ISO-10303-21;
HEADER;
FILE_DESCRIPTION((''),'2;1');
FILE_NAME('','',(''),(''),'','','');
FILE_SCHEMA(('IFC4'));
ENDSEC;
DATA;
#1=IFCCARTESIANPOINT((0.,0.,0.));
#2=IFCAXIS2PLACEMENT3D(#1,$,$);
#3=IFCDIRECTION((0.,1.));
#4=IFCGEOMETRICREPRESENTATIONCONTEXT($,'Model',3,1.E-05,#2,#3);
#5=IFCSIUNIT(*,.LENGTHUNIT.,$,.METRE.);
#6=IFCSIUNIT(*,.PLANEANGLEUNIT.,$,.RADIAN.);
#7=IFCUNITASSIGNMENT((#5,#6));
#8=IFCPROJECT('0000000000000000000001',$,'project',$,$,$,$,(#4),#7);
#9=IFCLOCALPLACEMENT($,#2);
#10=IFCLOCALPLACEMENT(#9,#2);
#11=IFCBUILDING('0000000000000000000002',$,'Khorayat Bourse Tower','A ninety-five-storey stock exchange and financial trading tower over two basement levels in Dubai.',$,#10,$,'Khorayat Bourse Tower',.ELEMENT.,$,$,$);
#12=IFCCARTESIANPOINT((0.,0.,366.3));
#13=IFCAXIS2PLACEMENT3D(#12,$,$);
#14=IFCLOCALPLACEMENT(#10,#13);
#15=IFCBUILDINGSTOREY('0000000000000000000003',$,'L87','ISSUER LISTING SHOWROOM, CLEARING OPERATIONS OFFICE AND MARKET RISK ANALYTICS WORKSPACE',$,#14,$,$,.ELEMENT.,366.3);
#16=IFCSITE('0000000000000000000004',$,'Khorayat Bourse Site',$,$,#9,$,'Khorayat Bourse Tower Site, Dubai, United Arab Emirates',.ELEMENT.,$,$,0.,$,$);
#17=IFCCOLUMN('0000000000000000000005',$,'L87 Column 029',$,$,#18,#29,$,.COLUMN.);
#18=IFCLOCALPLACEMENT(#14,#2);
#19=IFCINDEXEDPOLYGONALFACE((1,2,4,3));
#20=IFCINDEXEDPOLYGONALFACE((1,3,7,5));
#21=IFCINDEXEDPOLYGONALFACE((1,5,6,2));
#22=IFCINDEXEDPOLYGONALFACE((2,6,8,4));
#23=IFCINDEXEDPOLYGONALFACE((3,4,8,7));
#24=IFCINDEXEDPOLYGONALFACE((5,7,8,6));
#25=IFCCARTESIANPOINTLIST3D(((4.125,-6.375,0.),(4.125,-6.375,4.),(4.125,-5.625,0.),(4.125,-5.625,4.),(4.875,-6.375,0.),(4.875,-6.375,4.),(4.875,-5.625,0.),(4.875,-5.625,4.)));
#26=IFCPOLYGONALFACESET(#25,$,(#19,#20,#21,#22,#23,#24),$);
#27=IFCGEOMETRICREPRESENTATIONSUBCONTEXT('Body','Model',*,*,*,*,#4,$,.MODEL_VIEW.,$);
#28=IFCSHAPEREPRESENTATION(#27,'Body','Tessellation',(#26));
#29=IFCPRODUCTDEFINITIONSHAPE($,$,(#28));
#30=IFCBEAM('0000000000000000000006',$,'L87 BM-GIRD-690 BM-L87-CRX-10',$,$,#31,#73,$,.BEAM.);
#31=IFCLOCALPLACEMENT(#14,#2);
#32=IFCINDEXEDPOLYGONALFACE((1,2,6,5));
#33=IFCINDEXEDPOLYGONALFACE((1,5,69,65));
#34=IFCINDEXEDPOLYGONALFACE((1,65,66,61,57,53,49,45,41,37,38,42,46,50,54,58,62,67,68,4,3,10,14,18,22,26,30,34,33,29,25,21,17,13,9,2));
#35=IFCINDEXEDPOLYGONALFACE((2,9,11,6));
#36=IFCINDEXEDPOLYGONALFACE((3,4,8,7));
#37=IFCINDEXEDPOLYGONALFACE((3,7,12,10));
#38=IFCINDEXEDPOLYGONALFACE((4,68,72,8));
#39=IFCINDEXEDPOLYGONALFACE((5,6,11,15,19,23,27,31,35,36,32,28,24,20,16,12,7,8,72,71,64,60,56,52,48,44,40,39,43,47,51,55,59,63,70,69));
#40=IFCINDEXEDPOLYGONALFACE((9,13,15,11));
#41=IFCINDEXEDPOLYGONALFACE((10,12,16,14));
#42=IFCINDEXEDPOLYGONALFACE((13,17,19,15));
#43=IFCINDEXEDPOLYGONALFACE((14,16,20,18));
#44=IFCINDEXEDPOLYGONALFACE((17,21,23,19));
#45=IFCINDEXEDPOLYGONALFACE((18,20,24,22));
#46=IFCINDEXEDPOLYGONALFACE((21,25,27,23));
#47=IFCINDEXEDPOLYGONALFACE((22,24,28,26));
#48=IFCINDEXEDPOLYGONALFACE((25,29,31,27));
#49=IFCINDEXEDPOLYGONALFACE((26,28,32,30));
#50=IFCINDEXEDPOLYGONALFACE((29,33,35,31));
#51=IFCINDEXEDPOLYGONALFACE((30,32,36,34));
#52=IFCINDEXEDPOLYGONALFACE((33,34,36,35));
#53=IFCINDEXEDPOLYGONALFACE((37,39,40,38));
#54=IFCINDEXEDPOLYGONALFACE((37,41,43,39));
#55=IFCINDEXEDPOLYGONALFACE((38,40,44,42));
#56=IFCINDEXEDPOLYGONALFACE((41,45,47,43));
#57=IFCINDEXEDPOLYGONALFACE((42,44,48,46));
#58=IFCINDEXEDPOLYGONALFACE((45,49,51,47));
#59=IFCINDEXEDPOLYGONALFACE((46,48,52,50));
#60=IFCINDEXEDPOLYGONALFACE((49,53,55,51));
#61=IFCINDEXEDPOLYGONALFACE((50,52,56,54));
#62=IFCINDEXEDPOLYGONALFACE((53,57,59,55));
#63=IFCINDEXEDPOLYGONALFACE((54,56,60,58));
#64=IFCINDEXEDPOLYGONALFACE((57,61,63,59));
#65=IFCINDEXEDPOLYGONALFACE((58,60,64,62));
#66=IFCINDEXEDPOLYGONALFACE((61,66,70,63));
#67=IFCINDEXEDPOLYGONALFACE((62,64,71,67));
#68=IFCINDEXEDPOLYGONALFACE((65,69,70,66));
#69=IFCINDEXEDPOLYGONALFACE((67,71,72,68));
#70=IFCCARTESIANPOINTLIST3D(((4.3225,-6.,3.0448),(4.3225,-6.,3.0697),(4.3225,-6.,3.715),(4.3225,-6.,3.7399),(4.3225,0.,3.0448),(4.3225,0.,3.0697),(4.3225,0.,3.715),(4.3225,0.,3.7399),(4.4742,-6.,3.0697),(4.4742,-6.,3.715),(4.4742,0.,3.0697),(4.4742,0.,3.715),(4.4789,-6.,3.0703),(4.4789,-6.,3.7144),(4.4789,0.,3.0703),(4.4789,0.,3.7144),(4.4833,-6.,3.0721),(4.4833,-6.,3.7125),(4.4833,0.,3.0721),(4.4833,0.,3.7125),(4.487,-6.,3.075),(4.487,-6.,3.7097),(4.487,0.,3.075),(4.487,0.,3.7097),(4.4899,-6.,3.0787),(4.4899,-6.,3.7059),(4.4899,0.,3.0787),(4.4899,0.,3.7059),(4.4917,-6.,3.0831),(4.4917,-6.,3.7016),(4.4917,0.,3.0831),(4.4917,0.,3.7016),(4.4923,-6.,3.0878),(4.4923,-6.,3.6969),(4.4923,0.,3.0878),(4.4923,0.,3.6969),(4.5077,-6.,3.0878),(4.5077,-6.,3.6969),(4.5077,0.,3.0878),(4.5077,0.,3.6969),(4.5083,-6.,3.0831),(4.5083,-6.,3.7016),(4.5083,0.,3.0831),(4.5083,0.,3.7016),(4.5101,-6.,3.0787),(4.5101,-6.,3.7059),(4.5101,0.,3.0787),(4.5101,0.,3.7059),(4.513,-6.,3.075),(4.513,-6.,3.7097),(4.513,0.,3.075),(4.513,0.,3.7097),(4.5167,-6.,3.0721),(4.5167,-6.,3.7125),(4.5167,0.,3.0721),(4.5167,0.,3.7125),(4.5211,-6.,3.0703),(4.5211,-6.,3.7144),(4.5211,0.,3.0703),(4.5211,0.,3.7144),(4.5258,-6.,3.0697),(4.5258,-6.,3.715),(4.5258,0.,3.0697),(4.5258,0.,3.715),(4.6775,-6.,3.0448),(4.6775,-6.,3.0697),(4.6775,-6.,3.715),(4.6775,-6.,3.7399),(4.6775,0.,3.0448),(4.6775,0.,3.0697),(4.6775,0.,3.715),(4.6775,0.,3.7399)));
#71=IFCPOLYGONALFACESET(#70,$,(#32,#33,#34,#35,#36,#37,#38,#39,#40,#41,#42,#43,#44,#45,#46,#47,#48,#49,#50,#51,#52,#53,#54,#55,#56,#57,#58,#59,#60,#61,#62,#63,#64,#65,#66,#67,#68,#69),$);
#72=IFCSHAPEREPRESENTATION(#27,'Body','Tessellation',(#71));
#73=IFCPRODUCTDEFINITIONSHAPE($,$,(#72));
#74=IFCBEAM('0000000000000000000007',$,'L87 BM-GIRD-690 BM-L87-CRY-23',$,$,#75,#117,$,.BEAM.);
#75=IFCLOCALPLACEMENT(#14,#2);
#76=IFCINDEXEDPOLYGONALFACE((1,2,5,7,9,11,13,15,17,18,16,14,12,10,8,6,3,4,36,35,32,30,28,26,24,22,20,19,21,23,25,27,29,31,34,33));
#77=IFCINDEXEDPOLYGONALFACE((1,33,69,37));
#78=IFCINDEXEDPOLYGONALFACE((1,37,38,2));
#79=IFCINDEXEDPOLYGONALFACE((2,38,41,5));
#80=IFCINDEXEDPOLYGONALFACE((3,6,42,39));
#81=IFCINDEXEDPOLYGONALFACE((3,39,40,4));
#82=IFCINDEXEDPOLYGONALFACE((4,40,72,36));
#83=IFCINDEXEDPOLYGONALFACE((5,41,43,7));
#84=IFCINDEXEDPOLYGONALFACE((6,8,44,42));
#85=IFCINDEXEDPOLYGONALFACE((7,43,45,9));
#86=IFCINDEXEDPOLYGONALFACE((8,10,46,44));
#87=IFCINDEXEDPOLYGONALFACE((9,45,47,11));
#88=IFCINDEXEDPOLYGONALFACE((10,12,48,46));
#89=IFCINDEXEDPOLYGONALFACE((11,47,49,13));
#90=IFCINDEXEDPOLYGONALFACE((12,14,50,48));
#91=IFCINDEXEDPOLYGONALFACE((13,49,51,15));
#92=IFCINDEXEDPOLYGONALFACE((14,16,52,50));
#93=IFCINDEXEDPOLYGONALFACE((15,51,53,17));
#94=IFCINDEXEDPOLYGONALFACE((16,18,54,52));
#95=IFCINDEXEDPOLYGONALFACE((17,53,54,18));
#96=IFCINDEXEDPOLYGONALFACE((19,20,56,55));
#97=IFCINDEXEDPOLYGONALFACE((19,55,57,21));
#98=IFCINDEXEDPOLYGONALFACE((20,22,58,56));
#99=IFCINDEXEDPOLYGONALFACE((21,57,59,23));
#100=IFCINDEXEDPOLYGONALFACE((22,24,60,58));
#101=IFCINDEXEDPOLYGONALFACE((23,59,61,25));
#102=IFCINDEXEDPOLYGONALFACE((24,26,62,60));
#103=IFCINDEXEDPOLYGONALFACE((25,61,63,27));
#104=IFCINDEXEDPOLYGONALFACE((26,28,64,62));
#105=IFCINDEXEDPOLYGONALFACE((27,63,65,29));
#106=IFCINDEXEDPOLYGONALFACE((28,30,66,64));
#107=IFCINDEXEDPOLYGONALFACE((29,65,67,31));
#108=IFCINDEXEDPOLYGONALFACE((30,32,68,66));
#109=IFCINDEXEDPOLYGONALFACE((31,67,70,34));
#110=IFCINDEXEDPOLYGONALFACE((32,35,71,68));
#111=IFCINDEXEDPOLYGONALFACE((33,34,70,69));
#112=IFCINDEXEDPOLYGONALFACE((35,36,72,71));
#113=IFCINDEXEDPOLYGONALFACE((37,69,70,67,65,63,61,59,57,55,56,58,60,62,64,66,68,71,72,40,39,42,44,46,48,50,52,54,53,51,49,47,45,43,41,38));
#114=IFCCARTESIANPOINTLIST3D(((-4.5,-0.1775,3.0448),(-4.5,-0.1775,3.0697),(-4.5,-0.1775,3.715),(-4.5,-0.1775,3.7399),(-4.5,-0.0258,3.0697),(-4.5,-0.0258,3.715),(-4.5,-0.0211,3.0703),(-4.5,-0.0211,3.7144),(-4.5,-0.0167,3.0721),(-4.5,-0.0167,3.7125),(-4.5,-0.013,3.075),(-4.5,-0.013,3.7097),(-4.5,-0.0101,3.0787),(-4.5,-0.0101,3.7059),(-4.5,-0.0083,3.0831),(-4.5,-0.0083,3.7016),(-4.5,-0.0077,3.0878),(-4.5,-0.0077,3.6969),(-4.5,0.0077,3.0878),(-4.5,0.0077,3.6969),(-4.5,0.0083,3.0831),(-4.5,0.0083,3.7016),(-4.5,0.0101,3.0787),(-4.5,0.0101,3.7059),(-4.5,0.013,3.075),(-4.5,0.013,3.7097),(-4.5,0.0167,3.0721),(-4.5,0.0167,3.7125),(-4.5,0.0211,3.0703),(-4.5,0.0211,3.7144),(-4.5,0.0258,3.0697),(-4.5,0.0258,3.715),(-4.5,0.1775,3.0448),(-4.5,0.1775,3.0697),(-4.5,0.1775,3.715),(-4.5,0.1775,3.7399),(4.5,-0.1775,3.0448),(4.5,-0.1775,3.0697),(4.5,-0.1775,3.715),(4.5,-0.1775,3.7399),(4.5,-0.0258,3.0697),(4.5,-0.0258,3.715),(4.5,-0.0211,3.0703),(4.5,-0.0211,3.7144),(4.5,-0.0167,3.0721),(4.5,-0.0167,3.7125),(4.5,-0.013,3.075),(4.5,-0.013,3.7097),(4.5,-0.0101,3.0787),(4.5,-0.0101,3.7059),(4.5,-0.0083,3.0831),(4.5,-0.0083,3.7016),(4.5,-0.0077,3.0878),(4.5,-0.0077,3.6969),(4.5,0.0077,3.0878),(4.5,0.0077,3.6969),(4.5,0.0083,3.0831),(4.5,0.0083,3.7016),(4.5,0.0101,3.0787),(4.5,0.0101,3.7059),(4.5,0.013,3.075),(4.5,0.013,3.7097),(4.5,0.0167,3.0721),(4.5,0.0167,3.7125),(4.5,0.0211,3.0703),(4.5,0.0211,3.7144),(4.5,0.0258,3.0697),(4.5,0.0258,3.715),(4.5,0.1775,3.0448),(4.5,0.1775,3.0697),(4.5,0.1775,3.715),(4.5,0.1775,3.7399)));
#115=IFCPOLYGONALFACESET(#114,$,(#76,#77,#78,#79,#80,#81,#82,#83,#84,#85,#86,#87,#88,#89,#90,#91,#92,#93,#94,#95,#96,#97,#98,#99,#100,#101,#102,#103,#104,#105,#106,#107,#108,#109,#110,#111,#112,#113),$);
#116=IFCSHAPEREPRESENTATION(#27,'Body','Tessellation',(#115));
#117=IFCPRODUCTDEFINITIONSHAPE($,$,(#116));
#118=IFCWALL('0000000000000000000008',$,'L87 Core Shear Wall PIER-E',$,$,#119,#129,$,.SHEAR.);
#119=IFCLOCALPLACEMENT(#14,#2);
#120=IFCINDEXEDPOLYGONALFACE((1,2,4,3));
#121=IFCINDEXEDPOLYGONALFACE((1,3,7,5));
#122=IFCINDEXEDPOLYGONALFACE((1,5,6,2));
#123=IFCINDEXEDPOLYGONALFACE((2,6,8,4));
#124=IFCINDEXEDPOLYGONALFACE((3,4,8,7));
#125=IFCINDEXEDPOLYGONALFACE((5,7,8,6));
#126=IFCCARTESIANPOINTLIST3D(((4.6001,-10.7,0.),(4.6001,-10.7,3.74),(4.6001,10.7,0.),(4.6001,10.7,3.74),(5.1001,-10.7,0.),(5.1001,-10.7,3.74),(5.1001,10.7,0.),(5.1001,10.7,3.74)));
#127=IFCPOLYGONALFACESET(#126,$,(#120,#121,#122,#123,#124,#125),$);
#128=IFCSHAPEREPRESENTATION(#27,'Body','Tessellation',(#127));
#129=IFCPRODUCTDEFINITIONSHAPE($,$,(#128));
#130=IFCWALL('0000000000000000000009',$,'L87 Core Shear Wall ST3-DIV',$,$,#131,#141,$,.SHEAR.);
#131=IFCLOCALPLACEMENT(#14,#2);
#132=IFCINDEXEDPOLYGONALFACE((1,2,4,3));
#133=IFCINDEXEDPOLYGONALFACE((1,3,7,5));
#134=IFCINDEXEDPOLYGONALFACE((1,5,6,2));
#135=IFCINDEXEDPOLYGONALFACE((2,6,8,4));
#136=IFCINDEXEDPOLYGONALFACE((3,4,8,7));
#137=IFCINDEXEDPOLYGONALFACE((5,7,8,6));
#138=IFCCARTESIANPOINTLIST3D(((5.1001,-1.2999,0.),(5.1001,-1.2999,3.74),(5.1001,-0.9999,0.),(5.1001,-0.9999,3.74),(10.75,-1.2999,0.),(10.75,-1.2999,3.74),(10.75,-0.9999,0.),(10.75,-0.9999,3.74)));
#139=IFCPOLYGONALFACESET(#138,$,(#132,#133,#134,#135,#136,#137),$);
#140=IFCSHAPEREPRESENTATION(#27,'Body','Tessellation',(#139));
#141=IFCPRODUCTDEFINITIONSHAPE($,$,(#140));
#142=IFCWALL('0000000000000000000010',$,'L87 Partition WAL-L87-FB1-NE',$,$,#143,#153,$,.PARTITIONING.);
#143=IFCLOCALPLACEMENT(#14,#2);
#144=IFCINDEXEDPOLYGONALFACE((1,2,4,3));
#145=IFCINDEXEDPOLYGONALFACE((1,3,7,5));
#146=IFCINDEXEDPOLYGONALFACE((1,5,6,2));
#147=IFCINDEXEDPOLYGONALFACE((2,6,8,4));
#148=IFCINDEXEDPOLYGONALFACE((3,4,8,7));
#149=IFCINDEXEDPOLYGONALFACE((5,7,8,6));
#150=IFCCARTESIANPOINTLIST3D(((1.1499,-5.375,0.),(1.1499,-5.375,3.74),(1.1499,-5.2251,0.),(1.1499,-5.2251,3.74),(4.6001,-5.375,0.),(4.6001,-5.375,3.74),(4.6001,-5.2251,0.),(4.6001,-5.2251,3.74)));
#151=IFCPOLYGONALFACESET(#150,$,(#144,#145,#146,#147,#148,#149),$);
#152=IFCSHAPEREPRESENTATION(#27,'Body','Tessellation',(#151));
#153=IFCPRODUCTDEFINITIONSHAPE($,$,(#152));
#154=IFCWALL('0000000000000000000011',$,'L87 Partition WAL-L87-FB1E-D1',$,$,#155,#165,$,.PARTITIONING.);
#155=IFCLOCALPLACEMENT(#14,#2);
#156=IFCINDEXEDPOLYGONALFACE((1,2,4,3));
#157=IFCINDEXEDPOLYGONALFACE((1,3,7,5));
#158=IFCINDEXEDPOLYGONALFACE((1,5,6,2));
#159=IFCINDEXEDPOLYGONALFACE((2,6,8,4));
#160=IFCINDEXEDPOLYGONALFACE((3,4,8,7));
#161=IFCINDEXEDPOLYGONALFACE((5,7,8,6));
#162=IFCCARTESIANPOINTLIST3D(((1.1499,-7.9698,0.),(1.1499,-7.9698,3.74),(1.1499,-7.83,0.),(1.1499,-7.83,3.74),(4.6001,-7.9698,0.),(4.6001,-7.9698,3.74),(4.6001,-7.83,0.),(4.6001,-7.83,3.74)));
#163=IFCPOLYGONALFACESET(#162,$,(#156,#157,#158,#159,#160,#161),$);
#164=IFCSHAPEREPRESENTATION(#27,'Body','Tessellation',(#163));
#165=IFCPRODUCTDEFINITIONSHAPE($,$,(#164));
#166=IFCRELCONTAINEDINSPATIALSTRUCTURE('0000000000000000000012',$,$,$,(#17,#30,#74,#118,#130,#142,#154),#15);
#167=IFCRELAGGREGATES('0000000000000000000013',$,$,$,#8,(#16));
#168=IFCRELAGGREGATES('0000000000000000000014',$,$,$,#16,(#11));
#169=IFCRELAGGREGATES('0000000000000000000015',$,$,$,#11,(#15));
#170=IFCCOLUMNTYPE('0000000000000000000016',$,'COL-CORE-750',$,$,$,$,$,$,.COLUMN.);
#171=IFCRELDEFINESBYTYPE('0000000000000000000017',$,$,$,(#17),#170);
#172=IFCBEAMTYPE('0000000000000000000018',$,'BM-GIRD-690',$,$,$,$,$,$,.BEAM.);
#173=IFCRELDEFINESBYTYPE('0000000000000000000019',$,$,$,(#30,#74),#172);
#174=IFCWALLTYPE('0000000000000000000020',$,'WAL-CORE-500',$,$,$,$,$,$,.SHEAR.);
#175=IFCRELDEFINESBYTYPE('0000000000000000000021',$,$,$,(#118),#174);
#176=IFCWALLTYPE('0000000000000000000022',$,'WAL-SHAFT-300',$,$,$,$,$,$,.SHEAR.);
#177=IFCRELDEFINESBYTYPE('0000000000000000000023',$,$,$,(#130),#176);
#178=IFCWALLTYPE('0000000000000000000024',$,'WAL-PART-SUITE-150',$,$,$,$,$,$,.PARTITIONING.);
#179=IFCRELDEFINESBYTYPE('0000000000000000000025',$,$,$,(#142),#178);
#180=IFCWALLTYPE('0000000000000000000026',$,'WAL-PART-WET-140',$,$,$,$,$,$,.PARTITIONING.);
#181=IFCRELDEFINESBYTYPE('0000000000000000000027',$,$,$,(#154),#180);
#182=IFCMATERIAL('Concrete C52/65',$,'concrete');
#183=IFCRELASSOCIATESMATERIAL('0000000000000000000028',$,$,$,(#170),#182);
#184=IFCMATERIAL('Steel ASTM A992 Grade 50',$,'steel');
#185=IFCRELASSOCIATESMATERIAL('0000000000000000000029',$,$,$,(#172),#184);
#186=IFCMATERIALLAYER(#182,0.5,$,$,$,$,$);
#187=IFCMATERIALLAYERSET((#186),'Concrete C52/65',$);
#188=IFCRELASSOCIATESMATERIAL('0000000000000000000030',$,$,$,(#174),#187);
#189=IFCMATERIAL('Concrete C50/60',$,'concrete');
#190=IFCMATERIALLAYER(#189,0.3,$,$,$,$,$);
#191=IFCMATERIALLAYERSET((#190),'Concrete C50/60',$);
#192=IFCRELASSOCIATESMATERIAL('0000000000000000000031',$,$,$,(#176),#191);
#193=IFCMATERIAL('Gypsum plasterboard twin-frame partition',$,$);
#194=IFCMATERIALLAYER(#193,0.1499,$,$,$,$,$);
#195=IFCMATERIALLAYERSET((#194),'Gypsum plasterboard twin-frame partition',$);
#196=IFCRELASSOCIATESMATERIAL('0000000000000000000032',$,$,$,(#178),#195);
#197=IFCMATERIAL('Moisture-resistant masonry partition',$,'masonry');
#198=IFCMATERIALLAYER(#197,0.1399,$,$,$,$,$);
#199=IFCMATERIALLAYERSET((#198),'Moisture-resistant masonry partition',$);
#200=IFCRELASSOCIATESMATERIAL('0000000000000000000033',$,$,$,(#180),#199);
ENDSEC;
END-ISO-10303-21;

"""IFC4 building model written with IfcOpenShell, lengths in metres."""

from ifc_helpers import new_model, si_unit, direction, frame, frame_2d, origin, origin_2d, place, context, subcontext, project, spatial, rectangle, i_section, extrude, source, transform, mapped, material, layer, layer_set, material_profile, profile_set, type_object, element, save


model = new_model("IFC4")

# Units and contexts
model_context = context("Model", 3, precision=1e-05, world=origin(), true_north=direction((0.0, 1.0)))
body_context = subcontext(model_context, "Body", "Model", "MODEL_VIEW")
ifc_project = project(units=[si_unit("LENGTHUNIT", "METRE"), si_unit("PLANEANGLEUNIT", "RADIAN")], contexts=[model_context])

# Site, building, storey
site_placement = place(None, origin())
site = spatial("IfcSite", under=ifc_project, at=site_placement, Name="Khorayat Bourse Site", LongName="Khorayat Bourse Tower Site, Dubai, United Arab Emirates", CompositionType="ELEMENT", RefElevation=0.0)
building_placement = place(site_placement, origin())
building = spatial("IfcBuilding", under=site, at=building_placement, Name="Khorayat Bourse Tower", Description="A ninety-five-storey stock exchange and financial trading tower over two basement levels in Dubai.", LongName="Khorayat Bourse Tower", CompositionType="ELEMENT")
storey_placement = place(building_placement, frame((0.0, 0.0, 366.3)))
storey = spatial("IfcBuildingStorey", under=building, at=storey_placement, Name="L87", Description="ISSUER LISTING SHOWROOM, CLEARING OPERATIONS OFFICE AND MARKET RISK ANALYTICS WORKSPACE", CompositionType="ELEMENT", Elevation=366.3)

# Column
ifc_material_1 = material(Name="Concrete C52/65", Category="concrete")
ifc_material_profile_1 = material_profile(ifc_material_1, rectangle(XDim=0.75, YDim=0.75, at=origin_2d()), Name="RC 750x750")
ifc_profile_set_1 = profile_set([ifc_material_profile_1], Name="Concrete C52/65")
column_type = type_object("IfcColumnType", Name="COL-CORE-750", PredefinedType="COLUMN", material=ifc_profile_set_1)
shared_shape_1 = source(origin(), body_context, "Body", "SweptSolid", [
    extrude(rectangle(XDim=0.75, YDim=0.75, at=origin_2d()), origin(), (0.0, 0.0, 1.0), 4.0),
])
column_placement = place(storey_placement, frame((4.5, -6.0, 0.0), z_axis=(0.0, 0.0, 1.0), x_axis=(1.0, 0.0, 0.0)))
element("IfcColumn", 1, at=column_placement, inside=storey, type_object=column_type, Name="L87 Column 029", PredefinedType="COLUMN", context=body_context, shape_type="MappedRepresentation", body=[
    mapped(shared_shape_1, transform((0.0, 0.0, 0.0), scale=1.0)),
])

# Beams
ifc_material_2 = material(Name="Steel ASTM A992 Grade 50", Category="steel")
ifc_material_profile_2 = material_profile(ifc_material_2, i_section(OverallWidth=0.355, OverallDepth=0.6951, WebThickness=0.0154, FlangeThickness=0.0249, FilletRadius=0.0181, at=origin_2d()), Name="W690X217")
ifc_profile_set_2 = profile_set([ifc_material_profile_2], Name="Steel ASTM A992 Grade 50")
beam_type = type_object("IfcBeamType", Name="BM-GIRD-690", PredefinedType="BEAM", material=ifc_profile_set_2)
shared_shape_2 = source(origin(), body_context, "Body", "SweptSolid", [
    extrude(i_section(OverallWidth=0.355, OverallDepth=0.6951, WebThickness=0.0154, FlangeThickness=0.0249, FilletRadius=0.0181, at=origin_2d()), origin(), (0.0, 0.0, 1.0), 6.0),
])
beam_1_placement = place(storey_placement, frame((4.5, -6.0, 3.3923), z_axis=(0.0, 1.0, 0.0), x_axis=(-1.0, 0.0, 0.0)))
element("IfcBeam", 2, at=beam_1_placement, inside=storey, type_object=beam_type, Name="L87 BM-GIRD-690 BM-L87-CRX-10", PredefinedType="BEAM", context=body_context, shape_type="MappedRepresentation", body=[
    mapped(shared_shape_2, transform((0.0, 0.0, 0.0), scale=1.0)),
])
shared_shape_3 = source(origin(), body_context, "Body", "SweptSolid", [
    extrude(i_section(OverallWidth=0.355, OverallDepth=0.6951, WebThickness=0.0154, FlangeThickness=0.0249, FilletRadius=0.0181, at=origin_2d()), origin(), (0.0, 0.0, 1.0), 9.0),
])
beam_2_placement = place(storey_placement, frame((-4.5, 0.0, 3.3923), z_axis=(1.0, 0.0, 0.0), x_axis=(0.0, 1.0, 0.0)))
element("IfcBeam", 3, at=beam_2_placement, inside=storey, type_object=beam_type, Name="L87 BM-GIRD-690 BM-L87-CRY-23", PredefinedType="BEAM", context=body_context, shape_type="MappedRepresentation", body=[
    mapped(shared_shape_3, transform((0.0, 0.0, 0.0), scale=1.0)),
])

# Walls
ifc_layer_1 = layer(ifc_material_1, 0.5)
ifc_layer_set_1 = layer_set([ifc_layer_1], Name="Concrete C52/65")
wall_type_1 = type_object("IfcWallType", Name="WAL-CORE-500", PredefinedType="SHEAR", material=ifc_layer_set_1)
shared_shape_4 = source(origin(), body_context, "Body", "SweptSolid", [
    extrude(rectangle(XDim=21.3999, YDim=0.5, at=frame_2d((10.7, 0.0))), origin(), (0.0, 0.0, 1.0), 3.74),
])
wall_1_placement = place(storey_placement, frame((4.8501, -10.7, 0.0), z_axis=(0.0, 0.0, 1.0), x_axis=(0.0, 1.0, 0.0)))
element("IfcWall", 4, at=wall_1_placement, inside=storey, type_object=wall_type_1, Name="L87 Core Shear Wall PIER-E", PredefinedType="SHEAR", context=body_context, shape_type="MappedRepresentation", body=[
    mapped(shared_shape_4, transform((0.0, 0.0, 0.0), scale=1.0)),
])
ifc_material_3 = material(Name="Concrete C50/60", Category="concrete")
ifc_layer_2 = layer(ifc_material_3, 0.3)
ifc_layer_set_2 = layer_set([ifc_layer_2], Name="Concrete C50/60")
wall_type_2 = type_object("IfcWallType", Name="WAL-SHAFT-300", PredefinedType="SHEAR", material=ifc_layer_set_2)
shared_shape_5 = source(origin(), body_context, "Body", "SweptSolid", [
    extrude(rectangle(XDim=5.6499, YDim=0.3, at=frame_2d((2.825, 0.0))), origin(), (0.0, 0.0, 1.0), 3.74),
])
wall_2_placement = place(storey_placement, frame((5.1001, -1.1499, 0.0), z_axis=(0.0, 0.0, 1.0), x_axis=(1.0, 0.0, 0.0)))
element("IfcWall", 5, at=wall_2_placement, inside=storey, type_object=wall_type_2, Name="L87 Core Shear Wall ST3-DIV", PredefinedType="SHEAR", context=body_context, shape_type="MappedRepresentation", body=[
    mapped(shared_shape_5, transform((0.0, 0.0, 0.0), scale=1.0)),
])
ifc_material_4 = material(Name="Gypsum plasterboard twin-frame partition")
ifc_layer_3 = layer(ifc_material_4, 0.1499)
ifc_layer_set_3 = layer_set([ifc_layer_3], Name="Gypsum plasterboard twin-frame partition")
wall_type_3 = type_object("IfcWallType", Name="WAL-PART-SUITE-150", PredefinedType="PARTITIONING", material=ifc_layer_set_3)
shared_shape_6 = source(origin(), body_context, "Body", "SweptSolid", [
    extrude(rectangle(XDim=3.4502, YDim=0.1499, at=frame_2d((1.7251, 0.0))), origin(), (0.0, 0.0, 1.0), 3.74),
])
wall_3_placement = place(storey_placement, frame((1.1499, -5.3, 0.0), z_axis=(0.0, 0.0, 1.0), x_axis=(1.0, 0.0, 0.0)))
element("IfcWall", 6, at=wall_3_placement, inside=storey, type_object=wall_type_3, Name="L87 Partition WAL-L87-FB1-NE", PredefinedType="PARTITIONING", context=body_context, shape_type="MappedRepresentation", body=[
    mapped(shared_shape_6, transform((0.0, 0.0, 0.0), scale=1.0)),
])
ifc_material_5 = material(Name="Moisture-resistant masonry partition", Category="masonry")
ifc_layer_4 = layer(ifc_material_5, 0.1399)
ifc_layer_set_4 = layer_set([ifc_layer_4], Name="Moisture-resistant masonry partition")
wall_type_4 = type_object("IfcWallType", Name="WAL-PART-WET-140", PredefinedType="PARTITIONING", material=ifc_layer_set_4)
shared_shape_7 = source(origin(), body_context, "Body", "SweptSolid", [
    extrude(rectangle(XDim=3.4502, YDim=0.1399, at=frame_2d((1.7251, 0.0))), origin(), (0.0, 0.0, 1.0), 3.74),
])
wall_4_placement = place(storey_placement, frame((1.1499, -7.8999, 0.0), z_axis=(0.0, 0.0, 1.0), x_axis=(1.0, 0.0, 0.0)))
element("IfcWall", 7, at=wall_4_placement, inside=storey, type_object=wall_type_4, Name="L87 Partition WAL-L87-FB1E-D1", PredefinedType="PARTITIONING", context=body_context, shape_type="MappedRepresentation", body=[
    mapped(shared_shape_7, transform((0.0, 0.0, 0.0), scale=1.0)),
])

save(model, "model.ifc")
